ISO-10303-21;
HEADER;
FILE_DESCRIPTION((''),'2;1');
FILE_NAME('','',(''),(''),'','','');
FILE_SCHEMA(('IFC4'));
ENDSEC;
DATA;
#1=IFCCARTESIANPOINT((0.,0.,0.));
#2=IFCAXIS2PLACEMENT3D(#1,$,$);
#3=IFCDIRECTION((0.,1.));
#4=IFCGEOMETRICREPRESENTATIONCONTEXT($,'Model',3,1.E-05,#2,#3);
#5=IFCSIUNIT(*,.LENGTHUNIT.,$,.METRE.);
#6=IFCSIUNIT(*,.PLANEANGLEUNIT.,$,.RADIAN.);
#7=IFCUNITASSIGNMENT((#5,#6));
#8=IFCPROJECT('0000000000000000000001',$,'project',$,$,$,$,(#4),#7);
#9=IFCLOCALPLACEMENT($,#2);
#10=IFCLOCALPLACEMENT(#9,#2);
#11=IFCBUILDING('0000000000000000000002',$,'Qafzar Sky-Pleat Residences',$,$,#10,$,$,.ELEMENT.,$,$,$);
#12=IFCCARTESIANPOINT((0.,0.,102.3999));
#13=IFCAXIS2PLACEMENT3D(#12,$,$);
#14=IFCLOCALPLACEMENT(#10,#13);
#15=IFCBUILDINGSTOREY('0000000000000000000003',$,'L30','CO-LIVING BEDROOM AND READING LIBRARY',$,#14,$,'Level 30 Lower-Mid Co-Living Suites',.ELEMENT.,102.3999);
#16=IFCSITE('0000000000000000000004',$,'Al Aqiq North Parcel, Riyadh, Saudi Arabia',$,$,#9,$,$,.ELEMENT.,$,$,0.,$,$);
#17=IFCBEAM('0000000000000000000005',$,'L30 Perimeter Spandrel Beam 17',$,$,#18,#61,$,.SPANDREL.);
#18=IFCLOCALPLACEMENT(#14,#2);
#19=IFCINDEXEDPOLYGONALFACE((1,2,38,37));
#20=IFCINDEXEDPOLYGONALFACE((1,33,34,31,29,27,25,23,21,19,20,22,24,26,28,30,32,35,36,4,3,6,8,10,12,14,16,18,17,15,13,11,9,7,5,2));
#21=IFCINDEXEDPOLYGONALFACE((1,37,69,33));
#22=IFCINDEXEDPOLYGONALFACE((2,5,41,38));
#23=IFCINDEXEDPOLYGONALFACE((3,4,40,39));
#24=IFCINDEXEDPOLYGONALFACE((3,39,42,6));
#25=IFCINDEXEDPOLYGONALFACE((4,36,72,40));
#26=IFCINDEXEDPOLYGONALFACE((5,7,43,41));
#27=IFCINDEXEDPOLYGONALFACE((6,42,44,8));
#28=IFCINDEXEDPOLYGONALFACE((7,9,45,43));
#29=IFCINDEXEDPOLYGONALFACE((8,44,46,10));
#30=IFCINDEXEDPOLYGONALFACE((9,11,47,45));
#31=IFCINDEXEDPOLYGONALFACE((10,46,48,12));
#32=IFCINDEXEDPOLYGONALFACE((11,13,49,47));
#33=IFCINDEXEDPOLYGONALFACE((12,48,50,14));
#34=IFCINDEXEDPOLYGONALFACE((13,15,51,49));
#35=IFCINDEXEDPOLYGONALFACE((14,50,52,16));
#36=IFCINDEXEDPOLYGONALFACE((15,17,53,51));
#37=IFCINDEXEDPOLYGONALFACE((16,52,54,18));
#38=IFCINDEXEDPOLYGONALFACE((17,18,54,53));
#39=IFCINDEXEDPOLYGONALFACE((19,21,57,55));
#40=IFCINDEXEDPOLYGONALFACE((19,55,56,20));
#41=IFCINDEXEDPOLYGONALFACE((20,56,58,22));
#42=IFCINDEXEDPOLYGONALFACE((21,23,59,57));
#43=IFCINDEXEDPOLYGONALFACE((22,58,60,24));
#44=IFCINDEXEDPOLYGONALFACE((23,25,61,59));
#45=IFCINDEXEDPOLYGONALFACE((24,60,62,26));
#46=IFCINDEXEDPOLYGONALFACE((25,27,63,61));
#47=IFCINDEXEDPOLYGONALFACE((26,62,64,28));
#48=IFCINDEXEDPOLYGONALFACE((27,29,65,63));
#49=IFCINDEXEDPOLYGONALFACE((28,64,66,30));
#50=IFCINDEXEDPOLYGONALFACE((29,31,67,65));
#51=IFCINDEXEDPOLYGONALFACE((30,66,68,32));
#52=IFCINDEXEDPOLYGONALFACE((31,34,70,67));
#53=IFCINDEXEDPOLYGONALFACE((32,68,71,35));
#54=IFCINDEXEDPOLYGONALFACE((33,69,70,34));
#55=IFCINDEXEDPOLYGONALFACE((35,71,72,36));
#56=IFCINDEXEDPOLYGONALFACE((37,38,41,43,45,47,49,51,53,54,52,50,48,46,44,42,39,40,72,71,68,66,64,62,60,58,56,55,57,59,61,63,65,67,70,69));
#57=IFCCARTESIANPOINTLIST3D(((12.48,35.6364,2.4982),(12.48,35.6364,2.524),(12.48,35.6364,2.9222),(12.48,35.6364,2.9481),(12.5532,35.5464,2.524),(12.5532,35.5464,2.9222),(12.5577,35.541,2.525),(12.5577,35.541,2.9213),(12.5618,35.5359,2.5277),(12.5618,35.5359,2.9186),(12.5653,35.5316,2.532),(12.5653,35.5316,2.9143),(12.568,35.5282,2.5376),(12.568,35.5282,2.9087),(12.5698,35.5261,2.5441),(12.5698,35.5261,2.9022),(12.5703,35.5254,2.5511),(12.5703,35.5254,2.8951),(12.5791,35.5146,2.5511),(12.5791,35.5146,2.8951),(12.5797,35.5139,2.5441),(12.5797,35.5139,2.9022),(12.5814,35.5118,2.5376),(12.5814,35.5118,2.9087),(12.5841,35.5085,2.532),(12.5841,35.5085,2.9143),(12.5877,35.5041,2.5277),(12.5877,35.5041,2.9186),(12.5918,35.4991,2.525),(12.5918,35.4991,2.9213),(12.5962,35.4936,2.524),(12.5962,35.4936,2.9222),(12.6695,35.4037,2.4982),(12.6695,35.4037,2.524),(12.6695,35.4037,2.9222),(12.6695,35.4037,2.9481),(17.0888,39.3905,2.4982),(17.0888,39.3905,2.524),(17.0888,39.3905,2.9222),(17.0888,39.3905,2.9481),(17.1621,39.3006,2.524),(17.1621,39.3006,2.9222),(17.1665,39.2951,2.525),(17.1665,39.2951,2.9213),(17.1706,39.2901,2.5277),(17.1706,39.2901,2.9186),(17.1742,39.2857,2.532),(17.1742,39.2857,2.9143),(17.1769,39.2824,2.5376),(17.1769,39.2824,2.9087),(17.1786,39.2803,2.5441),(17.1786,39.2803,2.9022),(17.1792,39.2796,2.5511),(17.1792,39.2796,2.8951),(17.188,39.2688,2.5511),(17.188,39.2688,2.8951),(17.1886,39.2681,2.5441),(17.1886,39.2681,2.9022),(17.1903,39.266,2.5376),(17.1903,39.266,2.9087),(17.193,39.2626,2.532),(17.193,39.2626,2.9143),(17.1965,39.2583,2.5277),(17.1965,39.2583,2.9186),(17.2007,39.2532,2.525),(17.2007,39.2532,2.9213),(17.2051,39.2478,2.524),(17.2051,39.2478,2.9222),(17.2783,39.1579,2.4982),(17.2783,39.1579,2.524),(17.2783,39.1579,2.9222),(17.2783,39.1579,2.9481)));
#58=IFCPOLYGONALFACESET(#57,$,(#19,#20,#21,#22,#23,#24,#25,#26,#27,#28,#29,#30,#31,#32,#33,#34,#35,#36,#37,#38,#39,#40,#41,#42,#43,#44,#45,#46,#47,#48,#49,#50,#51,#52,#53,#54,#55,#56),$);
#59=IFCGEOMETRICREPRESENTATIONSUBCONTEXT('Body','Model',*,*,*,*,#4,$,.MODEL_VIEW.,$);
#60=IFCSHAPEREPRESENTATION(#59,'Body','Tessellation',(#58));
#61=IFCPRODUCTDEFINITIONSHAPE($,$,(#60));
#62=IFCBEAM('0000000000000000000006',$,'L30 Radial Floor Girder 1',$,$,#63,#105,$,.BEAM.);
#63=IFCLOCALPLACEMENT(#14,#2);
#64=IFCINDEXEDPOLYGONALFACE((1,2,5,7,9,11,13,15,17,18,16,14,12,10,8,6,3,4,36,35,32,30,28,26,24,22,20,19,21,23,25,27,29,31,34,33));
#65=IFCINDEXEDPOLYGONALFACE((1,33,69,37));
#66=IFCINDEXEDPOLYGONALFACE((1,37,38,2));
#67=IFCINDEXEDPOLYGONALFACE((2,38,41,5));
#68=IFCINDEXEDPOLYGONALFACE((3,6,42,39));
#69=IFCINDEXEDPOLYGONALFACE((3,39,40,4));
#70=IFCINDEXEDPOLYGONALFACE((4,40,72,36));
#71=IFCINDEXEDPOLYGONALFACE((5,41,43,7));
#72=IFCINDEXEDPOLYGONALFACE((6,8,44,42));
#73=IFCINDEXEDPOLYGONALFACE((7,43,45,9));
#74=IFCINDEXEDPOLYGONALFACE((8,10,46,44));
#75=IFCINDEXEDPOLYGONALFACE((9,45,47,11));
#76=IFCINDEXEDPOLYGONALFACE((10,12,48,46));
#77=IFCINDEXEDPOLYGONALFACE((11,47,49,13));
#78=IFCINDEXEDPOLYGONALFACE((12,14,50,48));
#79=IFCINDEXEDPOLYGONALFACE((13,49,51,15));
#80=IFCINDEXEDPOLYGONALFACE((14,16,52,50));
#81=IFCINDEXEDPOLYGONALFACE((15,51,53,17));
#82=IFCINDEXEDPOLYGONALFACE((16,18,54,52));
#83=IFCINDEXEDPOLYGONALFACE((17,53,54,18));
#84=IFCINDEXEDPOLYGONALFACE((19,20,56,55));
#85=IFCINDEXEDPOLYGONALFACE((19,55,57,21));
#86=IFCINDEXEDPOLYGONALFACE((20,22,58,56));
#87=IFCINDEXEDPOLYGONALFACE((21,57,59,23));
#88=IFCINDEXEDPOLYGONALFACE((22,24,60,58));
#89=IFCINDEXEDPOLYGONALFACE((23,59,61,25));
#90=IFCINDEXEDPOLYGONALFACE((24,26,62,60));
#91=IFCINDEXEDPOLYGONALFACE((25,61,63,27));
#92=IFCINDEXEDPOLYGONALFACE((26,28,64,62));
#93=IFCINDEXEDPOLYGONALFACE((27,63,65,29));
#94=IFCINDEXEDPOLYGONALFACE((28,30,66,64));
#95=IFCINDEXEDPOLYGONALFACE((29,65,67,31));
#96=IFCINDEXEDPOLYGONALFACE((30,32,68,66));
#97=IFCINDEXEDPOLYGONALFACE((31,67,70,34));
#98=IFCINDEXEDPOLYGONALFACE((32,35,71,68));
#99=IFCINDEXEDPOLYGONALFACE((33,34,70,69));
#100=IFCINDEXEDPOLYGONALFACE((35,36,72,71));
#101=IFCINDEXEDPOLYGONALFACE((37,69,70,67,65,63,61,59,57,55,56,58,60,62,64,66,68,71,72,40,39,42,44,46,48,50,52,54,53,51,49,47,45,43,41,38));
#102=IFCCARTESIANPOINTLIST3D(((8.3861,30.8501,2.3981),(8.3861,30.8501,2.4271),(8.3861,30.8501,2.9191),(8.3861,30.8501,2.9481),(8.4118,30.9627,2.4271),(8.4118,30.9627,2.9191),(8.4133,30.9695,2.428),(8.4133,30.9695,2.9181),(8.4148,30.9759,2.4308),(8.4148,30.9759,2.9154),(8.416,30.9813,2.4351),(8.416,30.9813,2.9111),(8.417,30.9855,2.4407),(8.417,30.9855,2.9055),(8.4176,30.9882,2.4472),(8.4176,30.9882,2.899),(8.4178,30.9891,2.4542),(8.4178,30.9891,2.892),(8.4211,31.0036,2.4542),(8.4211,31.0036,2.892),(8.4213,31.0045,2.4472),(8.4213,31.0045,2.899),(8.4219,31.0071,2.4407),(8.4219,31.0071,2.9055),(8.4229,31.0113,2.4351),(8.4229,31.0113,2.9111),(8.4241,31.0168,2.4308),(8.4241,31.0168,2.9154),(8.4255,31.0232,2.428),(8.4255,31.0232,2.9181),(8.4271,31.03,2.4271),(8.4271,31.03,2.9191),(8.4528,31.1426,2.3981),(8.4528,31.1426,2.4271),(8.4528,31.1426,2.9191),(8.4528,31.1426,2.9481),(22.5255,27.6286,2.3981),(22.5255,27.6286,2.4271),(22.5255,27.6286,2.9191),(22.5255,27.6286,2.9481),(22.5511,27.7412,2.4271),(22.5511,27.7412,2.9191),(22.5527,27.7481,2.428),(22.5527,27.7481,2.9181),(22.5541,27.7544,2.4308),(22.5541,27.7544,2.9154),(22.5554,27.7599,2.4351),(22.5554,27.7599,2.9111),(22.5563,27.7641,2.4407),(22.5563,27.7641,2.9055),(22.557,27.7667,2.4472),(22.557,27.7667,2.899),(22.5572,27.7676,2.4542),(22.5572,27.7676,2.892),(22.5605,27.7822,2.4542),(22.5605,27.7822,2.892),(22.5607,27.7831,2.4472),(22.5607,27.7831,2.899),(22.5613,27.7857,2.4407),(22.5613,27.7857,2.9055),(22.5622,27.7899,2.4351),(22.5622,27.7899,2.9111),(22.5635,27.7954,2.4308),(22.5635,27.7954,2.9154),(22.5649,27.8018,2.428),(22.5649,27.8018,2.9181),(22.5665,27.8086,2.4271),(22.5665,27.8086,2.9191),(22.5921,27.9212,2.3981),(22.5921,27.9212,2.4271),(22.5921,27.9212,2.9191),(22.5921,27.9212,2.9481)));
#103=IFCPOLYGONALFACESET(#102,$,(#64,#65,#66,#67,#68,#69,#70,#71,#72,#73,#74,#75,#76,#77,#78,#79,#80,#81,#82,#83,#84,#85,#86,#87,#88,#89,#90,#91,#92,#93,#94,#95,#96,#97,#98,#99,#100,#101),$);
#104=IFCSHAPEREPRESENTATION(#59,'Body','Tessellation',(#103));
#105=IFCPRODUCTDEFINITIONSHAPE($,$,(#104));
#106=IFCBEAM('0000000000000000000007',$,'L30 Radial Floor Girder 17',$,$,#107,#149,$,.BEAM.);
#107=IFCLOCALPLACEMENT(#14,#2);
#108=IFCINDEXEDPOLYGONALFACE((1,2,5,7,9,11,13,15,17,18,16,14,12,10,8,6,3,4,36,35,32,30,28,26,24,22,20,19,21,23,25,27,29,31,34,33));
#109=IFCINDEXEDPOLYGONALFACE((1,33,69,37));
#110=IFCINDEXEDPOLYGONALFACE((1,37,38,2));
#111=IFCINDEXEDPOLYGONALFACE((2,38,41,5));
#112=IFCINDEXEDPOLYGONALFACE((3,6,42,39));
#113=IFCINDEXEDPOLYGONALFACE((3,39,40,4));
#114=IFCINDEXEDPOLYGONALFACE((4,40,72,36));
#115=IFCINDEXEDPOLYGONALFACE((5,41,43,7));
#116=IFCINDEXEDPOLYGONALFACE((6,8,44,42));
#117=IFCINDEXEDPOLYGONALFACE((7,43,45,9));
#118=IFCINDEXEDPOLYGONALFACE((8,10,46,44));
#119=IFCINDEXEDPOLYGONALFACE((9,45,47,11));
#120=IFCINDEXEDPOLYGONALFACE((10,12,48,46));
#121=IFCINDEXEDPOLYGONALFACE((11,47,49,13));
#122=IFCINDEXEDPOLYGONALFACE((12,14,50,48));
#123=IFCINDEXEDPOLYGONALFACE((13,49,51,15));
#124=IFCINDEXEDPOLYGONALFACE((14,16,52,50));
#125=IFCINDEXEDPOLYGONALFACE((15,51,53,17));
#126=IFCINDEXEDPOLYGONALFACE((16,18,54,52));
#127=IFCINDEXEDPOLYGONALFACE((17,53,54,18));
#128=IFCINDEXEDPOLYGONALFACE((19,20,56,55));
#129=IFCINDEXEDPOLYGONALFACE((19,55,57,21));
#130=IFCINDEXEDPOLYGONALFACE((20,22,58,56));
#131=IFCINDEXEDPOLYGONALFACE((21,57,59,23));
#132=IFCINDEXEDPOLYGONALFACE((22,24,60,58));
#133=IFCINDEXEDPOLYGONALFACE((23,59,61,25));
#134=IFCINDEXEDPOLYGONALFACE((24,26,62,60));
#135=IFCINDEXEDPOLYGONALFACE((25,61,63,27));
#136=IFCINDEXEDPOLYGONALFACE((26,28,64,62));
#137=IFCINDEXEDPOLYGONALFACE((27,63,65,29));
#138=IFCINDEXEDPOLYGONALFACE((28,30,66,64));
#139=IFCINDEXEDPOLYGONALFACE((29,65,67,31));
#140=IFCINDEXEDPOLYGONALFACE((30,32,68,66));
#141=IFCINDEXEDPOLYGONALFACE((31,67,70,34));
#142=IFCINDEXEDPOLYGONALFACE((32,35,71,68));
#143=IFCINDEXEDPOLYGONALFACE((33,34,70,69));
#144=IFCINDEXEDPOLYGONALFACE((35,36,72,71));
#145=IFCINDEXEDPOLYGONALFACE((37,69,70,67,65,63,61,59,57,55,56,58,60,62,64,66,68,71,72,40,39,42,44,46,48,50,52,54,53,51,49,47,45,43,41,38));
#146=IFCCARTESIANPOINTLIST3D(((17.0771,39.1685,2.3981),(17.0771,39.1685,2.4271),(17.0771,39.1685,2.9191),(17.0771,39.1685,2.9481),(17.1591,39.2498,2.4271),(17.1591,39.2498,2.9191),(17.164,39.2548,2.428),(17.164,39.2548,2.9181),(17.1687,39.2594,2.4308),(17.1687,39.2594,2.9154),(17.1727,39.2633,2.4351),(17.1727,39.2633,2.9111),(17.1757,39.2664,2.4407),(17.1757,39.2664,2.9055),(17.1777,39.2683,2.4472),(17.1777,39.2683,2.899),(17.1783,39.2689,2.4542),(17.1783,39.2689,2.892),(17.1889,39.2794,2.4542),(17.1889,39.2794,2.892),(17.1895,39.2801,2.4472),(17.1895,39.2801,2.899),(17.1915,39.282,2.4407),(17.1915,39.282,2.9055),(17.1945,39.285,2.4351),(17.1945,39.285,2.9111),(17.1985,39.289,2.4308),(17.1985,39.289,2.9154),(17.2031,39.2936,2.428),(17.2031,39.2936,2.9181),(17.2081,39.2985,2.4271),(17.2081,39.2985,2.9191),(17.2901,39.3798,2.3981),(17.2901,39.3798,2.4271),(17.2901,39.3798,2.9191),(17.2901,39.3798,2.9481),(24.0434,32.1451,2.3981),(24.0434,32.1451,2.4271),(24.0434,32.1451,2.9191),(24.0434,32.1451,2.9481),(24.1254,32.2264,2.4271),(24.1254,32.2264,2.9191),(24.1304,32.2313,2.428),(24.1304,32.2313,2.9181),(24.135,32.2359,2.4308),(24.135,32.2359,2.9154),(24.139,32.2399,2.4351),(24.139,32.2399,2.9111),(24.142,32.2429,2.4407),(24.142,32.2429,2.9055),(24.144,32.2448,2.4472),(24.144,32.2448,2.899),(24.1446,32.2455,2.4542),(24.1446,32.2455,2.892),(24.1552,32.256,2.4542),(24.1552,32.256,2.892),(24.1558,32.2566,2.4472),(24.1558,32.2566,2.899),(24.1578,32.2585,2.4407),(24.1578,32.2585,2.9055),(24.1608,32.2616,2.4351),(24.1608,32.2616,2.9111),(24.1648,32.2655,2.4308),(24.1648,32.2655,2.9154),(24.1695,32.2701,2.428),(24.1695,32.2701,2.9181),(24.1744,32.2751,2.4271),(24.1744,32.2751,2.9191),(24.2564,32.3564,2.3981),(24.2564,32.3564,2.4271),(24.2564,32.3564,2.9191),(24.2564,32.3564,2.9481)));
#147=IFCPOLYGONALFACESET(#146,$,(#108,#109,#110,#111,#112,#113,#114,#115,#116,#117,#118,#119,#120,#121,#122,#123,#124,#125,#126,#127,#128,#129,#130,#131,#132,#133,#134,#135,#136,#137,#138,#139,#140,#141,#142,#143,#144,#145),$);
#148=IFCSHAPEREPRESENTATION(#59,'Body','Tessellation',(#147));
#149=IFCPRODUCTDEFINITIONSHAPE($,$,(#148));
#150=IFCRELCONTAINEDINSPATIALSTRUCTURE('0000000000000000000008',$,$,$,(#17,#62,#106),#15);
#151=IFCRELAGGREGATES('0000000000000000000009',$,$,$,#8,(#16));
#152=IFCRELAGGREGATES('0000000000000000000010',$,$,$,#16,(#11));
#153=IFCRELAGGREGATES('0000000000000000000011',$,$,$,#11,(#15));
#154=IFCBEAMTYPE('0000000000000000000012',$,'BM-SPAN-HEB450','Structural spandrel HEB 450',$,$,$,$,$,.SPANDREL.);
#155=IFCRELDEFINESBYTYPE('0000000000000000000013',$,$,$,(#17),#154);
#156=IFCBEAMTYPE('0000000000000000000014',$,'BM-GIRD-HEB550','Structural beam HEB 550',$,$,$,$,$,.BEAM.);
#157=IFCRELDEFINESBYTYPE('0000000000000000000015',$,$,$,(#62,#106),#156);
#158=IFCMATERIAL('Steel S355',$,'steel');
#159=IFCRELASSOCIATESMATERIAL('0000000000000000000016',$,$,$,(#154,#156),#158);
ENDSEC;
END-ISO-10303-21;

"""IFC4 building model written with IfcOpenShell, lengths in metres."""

from ifc_helpers import new_model, si_unit, direction, frame, origin, origin_2d, place, context, subcontext, project, spatial, i_section, extrude, source, transform, mapped, material, material_profile, profile_set, type_object, element, save


model = new_model("IFC4")

# Units and contexts
model_context = context("Model", 3, precision=1e-05, world=origin(), true_north=direction((0.0, 1.0)))
body_context = subcontext(model_context, "Body", "Model", "MODEL_VIEW")
ifc_project = project(units=[si_unit("LENGTHUNIT", "METRE"), si_unit("PLANEANGLEUNIT", "RADIAN")], contexts=[model_context])

# Site, building, storey
site_placement = place(None, origin())
site = spatial("IfcSite", under=ifc_project, at=site_placement, Name="Al Aqiq North Parcel, Riyadh, Saudi Arabia", CompositionType="ELEMENT", RefElevation=0.0)
building_placement = place(site_placement, origin())
building = spatial("IfcBuilding", under=site, at=building_placement, Name="Qafzar Sky-Pleat Residences", CompositionType="ELEMENT")
storey_placement = place(building_placement, frame((0.0, 0.0, 102.3999)))
storey = spatial("IfcBuildingStorey", under=building, at=storey_placement, Name="L30", Description="CO-LIVING BEDROOM AND READING LIBRARY", LongName="Level 30 Lower-Mid Co-Living Suites", CompositionType="ELEMENT", Elevation=102.3999)

# Beams
ifc_material_1 = material(Name="Steel S355", Category="steel")
ifc_material_profile_1 = material_profile(ifc_material_1, i_section(OverallWidth=0.3, OverallDepth=0.45, WebThickness=0.0139, FlangeThickness=0.0259, FilletRadius=0.0271, at=origin_2d()), Name="HEB 450")
ifc_profile_set_1 = profile_set([ifc_material_profile_1], Name="Steel S355")
beam_type_1 = type_object("IfcBeamType", Name="BM-SPAN-HEB450", Description="Structural spandrel HEB 450", PredefinedType="SPANDREL", material=ifc_profile_set_1)
shared_shape_1 = source(origin(), body_context, "Body", "SweptSolid", [
    extrude(i_section(OverallWidth=0.3, OverallDepth=0.45, WebThickness=0.0139, FlangeThickness=0.0259, FilletRadius=0.0271, at=origin_2d()), origin(), (0.0, 0.0, 1.0), 5.9443),
])
beam_1_placement = place(storey_placement, frame((17.1836, 39.2742, 2.7231), z_axis=(-0.775337, -0.631548, 0.0), x_axis=(0.631548, -0.775337, 0.0)))
element("IfcBeam", 1, at=beam_1_placement, inside=storey, type_object=beam_type_1, Name="L30 Perimeter Spandrel Beam 17", PredefinedType="SPANDREL", context=body_context, shape_type="MappedRepresentation", body=[
    mapped(shared_shape_1, transform((0.0, 0.0, 0.0), x_axis=(1.0, 0.0, 0.0), y_axis=(0.0, 1.0, 0.0), z_axis=(0.0, 0.0, 1.0), scale=1.0)),
])
ifc_material_profile_2 = material_profile(ifc_material_1, i_section(OverallWidth=0.3, OverallDepth=0.55, WebThickness=0.0149, FlangeThickness=0.0291, FilletRadius=0.0271, at=origin_2d()), Name="HEB 550")
ifc_profile_set_2 = profile_set([ifc_material_profile_2], Name="Steel S355")
beam_type_2 = type_object("IfcBeamType", Name="BM-GIRD-HEB550", Description="Structural beam HEB 550", PredefinedType="BEAM", material=ifc_profile_set_2)
shared_shape_2 = source(origin(), body_context, "Body", "SweptSolid", [
    extrude(i_section(OverallWidth=0.3, OverallDepth=0.55, WebThickness=0.0149, FlangeThickness=0.0291, FilletRadius=0.0271, at=origin_2d()), origin(), (0.0, 0.0, 1.0), 14.5017),
])
beam_2_placement = place(storey_placement, frame((8.4194, 30.9963, 2.6731), z_axis=(0.975014, -0.222141, 0.0), x_axis=(0.222141, 0.975014, 0.0)))
element("IfcBeam", 2, at=beam_2_placement, inside=storey, type_object=beam_type_2, Name="L30 Radial Floor Girder 1", PredefinedType="BEAM", context=body_context, shape_type="MappedRepresentation", body=[
    mapped(shared_shape_2, transform((0.0, 0.0, 0.0), x_axis=(1.0, 0.0, 0.0), y_axis=(0.0, 1.0, 0.0), z_axis=(0.0, 0.0, 1.0), scale=1.0)),
])
shared_shape_3 = source(origin(), body_context, "Body", "SweptSolid", [
    extrude(i_section(OverallWidth=0.3, OverallDepth=0.55, WebThickness=0.0149, FlangeThickness=0.0291, FilletRadius=0.0271, at=origin_2d()), origin(), (0.0, 0.0, 1.0), 9.8923),
])
beam_3_placement = place(storey_placement, frame((17.1836, 39.2742, 2.6731), z_axis=(0.704213, -0.709988, 0.0), x_axis=(0.709988, 0.704213, 0.0)))
element("IfcBeam", 3, at=beam_3_placement, inside=storey, type_object=beam_type_2, Name="L30 Radial Floor Girder 17", PredefinedType="BEAM", context=body_context, shape_type="MappedRepresentation", body=[
    mapped(shared_shape_3, transform((0.0, 0.0, 0.0), x_axis=(1.0, 0.0, 0.0), y_axis=(0.0, 1.0, 0.0), z_axis=(0.0, 0.0, 1.0), scale=1.0)),
])

save(model, "model.ifc")
